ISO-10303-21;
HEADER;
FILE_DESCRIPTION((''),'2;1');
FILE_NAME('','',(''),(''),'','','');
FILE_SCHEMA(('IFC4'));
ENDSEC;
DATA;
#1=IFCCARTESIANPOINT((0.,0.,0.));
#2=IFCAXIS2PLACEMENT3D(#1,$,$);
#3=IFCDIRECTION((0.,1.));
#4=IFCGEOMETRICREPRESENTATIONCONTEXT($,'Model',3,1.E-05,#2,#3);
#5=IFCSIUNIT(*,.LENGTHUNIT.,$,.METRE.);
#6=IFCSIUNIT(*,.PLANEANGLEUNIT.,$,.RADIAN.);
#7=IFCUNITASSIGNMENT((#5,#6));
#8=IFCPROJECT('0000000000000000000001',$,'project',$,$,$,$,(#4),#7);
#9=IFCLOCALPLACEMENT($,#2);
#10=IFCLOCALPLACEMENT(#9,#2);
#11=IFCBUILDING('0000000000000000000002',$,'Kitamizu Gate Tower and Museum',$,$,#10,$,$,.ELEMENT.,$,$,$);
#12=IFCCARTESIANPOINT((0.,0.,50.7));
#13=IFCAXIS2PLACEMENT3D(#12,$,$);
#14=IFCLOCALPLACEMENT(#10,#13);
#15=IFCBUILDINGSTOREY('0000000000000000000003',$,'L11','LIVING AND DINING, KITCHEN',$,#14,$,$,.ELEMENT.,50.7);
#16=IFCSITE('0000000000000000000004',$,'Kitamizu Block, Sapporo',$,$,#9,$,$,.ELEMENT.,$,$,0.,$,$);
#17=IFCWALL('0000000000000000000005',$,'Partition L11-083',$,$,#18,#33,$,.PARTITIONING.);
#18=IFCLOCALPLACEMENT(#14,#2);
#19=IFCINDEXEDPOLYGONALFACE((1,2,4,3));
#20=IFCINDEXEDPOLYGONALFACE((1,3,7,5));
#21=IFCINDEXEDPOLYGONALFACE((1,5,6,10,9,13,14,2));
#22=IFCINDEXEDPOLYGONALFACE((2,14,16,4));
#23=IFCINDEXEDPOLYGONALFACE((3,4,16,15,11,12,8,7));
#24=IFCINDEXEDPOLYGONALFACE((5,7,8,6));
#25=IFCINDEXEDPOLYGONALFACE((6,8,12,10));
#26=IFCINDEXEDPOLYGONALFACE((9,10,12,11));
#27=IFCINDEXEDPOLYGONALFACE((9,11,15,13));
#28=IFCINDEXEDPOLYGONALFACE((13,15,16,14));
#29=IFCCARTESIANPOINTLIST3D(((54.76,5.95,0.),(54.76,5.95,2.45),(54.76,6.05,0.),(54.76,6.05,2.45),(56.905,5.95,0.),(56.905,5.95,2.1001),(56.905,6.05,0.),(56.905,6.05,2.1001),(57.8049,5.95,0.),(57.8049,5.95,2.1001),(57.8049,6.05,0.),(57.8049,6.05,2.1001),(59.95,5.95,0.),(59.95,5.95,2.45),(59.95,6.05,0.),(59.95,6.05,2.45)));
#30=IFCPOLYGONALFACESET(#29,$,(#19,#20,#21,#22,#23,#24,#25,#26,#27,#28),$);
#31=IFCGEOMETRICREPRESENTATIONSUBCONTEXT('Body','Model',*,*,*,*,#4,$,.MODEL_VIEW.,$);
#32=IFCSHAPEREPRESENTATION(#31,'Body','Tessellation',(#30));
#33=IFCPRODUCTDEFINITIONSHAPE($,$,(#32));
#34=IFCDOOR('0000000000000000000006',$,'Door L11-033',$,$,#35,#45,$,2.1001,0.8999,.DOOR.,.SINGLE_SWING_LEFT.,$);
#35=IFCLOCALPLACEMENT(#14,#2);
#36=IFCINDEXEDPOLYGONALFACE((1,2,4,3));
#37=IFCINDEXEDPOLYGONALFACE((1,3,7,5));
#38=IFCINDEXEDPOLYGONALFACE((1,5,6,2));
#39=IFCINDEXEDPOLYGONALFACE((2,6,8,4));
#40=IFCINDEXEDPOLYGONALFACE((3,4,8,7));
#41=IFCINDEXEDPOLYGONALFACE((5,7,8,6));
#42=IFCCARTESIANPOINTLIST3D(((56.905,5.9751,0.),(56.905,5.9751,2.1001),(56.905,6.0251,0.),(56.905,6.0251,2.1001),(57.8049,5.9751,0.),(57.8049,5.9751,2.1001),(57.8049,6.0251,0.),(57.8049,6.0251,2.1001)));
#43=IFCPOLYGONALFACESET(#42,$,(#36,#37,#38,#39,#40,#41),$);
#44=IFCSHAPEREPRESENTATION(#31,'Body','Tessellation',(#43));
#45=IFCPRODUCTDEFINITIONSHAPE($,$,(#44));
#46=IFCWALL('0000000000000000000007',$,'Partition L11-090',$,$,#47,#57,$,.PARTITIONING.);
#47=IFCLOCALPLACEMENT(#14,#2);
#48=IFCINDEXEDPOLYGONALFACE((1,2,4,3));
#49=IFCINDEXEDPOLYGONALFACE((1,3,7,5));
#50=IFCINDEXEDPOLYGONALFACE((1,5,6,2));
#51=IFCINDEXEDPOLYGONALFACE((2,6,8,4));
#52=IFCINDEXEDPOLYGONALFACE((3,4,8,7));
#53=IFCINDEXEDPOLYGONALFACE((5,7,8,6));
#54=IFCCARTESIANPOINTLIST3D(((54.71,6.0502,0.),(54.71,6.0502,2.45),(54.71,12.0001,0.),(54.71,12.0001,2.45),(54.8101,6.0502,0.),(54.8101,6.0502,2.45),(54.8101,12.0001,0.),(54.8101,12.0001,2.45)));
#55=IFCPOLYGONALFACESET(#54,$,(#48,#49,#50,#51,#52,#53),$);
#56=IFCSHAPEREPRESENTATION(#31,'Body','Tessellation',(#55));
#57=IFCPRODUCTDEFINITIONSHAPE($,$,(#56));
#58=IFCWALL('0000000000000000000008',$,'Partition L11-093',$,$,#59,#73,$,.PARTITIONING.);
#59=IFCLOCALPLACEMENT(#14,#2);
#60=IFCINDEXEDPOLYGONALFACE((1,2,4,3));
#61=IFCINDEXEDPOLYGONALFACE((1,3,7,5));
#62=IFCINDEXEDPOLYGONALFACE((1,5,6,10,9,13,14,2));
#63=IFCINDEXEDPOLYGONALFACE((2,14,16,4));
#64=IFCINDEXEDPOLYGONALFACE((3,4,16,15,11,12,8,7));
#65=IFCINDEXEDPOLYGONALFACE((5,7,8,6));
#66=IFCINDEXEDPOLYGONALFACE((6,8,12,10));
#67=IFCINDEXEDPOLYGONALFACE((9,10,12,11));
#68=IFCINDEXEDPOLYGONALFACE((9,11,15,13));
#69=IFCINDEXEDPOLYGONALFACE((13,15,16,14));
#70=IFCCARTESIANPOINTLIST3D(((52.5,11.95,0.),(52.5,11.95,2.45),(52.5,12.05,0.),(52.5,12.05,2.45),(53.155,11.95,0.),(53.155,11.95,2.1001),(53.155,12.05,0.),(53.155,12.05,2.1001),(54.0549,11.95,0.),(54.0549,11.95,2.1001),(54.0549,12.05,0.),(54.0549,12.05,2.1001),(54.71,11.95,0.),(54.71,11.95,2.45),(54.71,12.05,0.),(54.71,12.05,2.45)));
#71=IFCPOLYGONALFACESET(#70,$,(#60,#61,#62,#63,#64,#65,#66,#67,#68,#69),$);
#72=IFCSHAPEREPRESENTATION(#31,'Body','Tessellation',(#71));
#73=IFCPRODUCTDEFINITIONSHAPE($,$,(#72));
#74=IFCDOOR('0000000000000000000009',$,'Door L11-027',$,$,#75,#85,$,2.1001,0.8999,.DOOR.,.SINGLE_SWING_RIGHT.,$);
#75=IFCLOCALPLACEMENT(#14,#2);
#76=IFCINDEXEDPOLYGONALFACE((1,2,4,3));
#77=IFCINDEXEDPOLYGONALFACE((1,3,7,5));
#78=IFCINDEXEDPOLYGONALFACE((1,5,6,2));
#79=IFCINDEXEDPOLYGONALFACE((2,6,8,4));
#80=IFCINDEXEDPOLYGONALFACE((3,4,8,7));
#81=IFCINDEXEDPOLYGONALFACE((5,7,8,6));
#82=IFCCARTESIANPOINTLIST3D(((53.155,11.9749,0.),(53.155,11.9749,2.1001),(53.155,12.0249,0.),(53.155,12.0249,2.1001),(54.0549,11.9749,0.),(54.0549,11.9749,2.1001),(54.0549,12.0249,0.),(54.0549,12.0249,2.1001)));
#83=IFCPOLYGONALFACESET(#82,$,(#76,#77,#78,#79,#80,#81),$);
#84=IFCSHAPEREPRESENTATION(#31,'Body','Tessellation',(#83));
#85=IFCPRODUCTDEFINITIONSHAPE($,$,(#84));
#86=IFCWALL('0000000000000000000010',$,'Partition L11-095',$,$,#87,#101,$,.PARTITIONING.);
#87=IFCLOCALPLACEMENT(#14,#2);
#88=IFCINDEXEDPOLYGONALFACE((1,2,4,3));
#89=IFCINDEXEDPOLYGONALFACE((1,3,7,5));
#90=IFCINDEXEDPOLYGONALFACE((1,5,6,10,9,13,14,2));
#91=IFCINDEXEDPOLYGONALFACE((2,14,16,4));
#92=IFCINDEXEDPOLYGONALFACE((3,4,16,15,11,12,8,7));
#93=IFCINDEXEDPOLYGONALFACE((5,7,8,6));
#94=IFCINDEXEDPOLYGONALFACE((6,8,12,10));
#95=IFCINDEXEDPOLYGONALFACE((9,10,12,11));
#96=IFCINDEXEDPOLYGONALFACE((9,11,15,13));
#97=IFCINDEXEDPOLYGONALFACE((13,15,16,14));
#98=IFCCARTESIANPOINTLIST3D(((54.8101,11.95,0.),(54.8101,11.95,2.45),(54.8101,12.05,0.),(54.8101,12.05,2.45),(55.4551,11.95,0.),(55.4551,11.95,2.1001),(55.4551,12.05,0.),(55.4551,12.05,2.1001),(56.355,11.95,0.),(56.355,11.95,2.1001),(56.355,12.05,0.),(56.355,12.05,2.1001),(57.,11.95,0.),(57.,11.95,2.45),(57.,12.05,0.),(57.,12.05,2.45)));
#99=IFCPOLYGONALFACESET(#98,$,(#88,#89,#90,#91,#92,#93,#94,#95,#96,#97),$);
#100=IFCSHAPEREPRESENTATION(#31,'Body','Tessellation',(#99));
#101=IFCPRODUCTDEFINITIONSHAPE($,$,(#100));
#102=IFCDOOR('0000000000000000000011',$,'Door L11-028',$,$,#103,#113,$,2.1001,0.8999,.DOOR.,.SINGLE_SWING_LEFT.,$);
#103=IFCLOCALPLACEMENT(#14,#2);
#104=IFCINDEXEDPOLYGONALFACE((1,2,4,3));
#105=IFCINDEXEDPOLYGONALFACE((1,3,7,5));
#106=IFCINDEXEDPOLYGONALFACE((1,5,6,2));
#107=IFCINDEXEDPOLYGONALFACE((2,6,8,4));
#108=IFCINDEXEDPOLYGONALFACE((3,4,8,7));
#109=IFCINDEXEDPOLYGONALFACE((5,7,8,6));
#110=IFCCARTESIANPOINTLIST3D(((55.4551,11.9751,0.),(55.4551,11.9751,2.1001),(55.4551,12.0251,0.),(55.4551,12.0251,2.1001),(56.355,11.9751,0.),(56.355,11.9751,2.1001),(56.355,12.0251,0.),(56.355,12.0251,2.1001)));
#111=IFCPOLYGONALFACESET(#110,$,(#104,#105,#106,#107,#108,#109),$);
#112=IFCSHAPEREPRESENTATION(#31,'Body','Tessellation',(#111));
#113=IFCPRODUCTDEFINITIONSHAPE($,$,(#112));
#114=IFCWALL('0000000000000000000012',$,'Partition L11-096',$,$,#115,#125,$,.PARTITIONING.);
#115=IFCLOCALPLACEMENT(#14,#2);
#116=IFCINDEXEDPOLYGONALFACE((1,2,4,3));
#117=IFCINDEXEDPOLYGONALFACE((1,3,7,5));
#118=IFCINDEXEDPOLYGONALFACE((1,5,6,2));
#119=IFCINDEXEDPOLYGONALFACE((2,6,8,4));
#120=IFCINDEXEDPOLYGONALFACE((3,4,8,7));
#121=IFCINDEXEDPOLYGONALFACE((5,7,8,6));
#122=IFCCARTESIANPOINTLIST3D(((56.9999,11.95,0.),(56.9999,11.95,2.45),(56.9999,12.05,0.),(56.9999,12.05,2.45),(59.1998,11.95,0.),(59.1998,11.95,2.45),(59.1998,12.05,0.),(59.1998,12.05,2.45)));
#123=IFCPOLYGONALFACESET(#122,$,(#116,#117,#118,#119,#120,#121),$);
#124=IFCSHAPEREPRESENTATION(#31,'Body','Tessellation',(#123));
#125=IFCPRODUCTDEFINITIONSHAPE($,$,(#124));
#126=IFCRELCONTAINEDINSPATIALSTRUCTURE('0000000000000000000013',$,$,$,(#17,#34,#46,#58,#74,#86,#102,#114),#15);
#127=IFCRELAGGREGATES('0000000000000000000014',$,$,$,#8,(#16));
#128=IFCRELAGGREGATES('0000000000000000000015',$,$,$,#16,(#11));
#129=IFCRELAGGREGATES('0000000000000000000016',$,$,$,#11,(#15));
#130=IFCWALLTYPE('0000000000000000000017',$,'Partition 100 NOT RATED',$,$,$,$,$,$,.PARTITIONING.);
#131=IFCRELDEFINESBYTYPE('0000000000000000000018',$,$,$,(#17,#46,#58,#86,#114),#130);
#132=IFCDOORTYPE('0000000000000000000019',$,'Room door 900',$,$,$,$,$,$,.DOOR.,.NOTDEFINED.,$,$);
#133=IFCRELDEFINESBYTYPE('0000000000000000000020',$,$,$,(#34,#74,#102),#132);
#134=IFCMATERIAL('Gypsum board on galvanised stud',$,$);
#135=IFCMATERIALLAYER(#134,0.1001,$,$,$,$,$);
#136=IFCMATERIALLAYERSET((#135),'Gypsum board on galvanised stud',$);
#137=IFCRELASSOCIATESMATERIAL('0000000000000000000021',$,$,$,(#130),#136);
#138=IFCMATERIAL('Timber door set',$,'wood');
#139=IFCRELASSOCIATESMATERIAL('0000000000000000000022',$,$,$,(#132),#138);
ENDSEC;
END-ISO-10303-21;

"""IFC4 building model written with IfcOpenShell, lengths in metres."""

from ifc_helpers import new_model, si_unit, direction, frame, frame_2d, origin, place, context, subcontext, project, spatial, rectangle, extrude, material, layer, layer_set, type_object, element, fill, save


model = new_model("IFC4")

# Units and contexts
model_context = context("Model", 3, precision=1e-05, world=origin(), true_north=direction((0.0, 1.0)))
body_context = subcontext(model_context, "Body", "Model", "MODEL_VIEW")
ifc_project = project(units=[si_unit("LENGTHUNIT", "METRE"), si_unit("PLANEANGLEUNIT", "RADIAN")], contexts=[model_context])

# Site, building, storey
site_placement = place(None, origin())
site = spatial("IfcSite", under=ifc_project, at=site_placement, Name="Kitamizu Block, Sapporo", CompositionType="ELEMENT", RefElevation=0.0)
building_placement = place(site_placement, origin())
building = spatial("IfcBuilding", under=site, at=building_placement, Name="Kitamizu Gate Tower and Museum", CompositionType="ELEMENT")
storey_placement = place(building_placement, frame((0.0, 0.0, 50.7)))
storey = spatial("IfcBuildingStorey", under=building, at=storey_placement, Name="L11", Description="LIVING AND DINING, KITCHEN", CompositionType="ELEMENT", Elevation=50.7)

# Shared definitions
ifc_material_1 = material(Name="Gypsum board on galvanised stud")
ifc_layer = layer(ifc_material_1, 0.1001)
ifc_layer_set = layer_set([ifc_layer], Name="Gypsum board on galvanised stud")
wall_type = type_object("IfcWallType", Name="Partition 100 NOT RATED", PredefinedType="PARTITIONING", material=ifc_layer_set)

# Shared definitions
ifc_material_2 = material(Name="Timber door set", Category="wood")
door_type = type_object("IfcDoorType", Name="Room door 900", OperationType="NOTDEFINED", PredefinedType="DOOR", material=ifc_material_2)

# Wall, opening, door
wall_1_placement = place(storey_placement, frame((59.95, 6.0, 0.0), z_axis=(0.0, 0.0, 1.0), x_axis=(-1.0, 0.0, 0.0)))
wall_1 = element("IfcWall", 1, at=wall_1_placement, inside=storey, type_object=wall_type, Name="Partition L11-083", PredefinedType="PARTITIONING", context=body_context, shape_type="SweptSolid", body=[
    extrude(rectangle(XDim=5.1899, YDim=0.1001, at=frame_2d((2.595, 0.0))), origin(), (0.0, 0.0, 1.0), 2.45),
])
opening_1_placement = place(wall_1_placement, frame((2.145, 0.0, 0.0)))
opening_1 = element("IfcOpeningElement", 2, at=opening_1_placement, cuts=wall_1, PredefinedType="OPENING", context=body_context, shape_type="SweptSolid", body=[
    extrude(rectangle(XDim=0.8999, YDim=2.1001, at=frame_2d((0.45, 1.05))), frame((0.0, 0.0601, 0.0), z_axis=(0.0, -1.0, 0.0), x_axis=(1.0, 0.0, 0.0)), (0.0, 0.0, 1.0), 0.1201),
])
door_1_placement = place(opening_1_placement, origin())
door_1 = element("IfcDoor", 3, at=door_1_placement, inside=storey, type_object=door_type, Name="Door L11-033", OperationType="SINGLE_SWING_LEFT", OverallHeight=2.1001, OverallWidth=0.8999, PredefinedType="DOOR", context=body_context, shape_type="SweptSolid", body=[
    extrude(rectangle(XDim=0.8999, YDim=2.1001, at=frame_2d((0.45, 1.05))), frame((0.0, 0.0249, 0.0), z_axis=(0.0, -1.0, 0.0), x_axis=(1.0, 0.0, 0.0)), (0.0, 0.0, 1.0), 0.05),
])
fill(opening_1, door_1)

# Wall
wall_2_placement = place(storey_placement, frame((54.76, 6.05, 0.0), z_axis=(0.0, 0.0, 1.0), x_axis=(0.0, 1.0, 0.0)))
element("IfcWall", 4, at=wall_2_placement, inside=storey, type_object=wall_type, Name="Partition L11-090", PredefinedType="PARTITIONING", context=body_context, shape_type="SweptSolid", body=[
    extrude(rectangle(XDim=5.95, YDim=0.1001, at=frame_2d((2.9751, 0.0))), origin(), (0.0, 0.0, 1.0), 2.45),
])

# Walls, openings, doors
wall_3_placement = place(storey_placement, frame((54.71, 12.0, 0.0), z_axis=(0.0, 0.0, 1.0), x_axis=(-1.0, 0.0, 0.0)))
wall_3 = element("IfcWall", 5, at=wall_3_placement, inside=storey, type_object=wall_type, Name="Partition L11-093", PredefinedType="PARTITIONING", context=body_context, shape_type="SweptSolid", body=[
    extrude(rectangle(XDim=2.21, YDim=0.1001, at=frame_2d((1.105, 0.0))), origin(), (0.0, 0.0, 1.0), 2.45),
])
opening_2_placement = place(wall_3_placement, frame((0.655, 0.0, 0.0)))
opening_2 = element("IfcOpeningElement", 6, at=opening_2_placement, cuts=wall_3, PredefinedType="OPENING", context=body_context, shape_type="SweptSolid", body=[
    extrude(rectangle(XDim=0.8999, YDim=2.1001, at=frame_2d((0.45, 1.05))), frame((0.0, 0.0601, 0.0), z_axis=(0.0, -1.0, 0.0), x_axis=(1.0, 0.0, 0.0)), (0.0, 0.0, 1.0), 0.1201),
])
door_2_placement = place(opening_2_placement, frame((0.8999, 0.0, 0.0), x_axis=(-1.0, 0.0, 0.0)))
door_2 = element("IfcDoor", 7, at=door_2_placement, inside=storey, type_object=door_type, Name="Door L11-027", OperationType="SINGLE_SWING_RIGHT", OverallHeight=2.1001, OverallWidth=0.8999, PredefinedType="DOOR", context=body_context, shape_type="SweptSolid", body=[
    extrude(rectangle(XDim=0.8999, YDim=2.1001, at=frame_2d((0.45, 1.05))), frame((0.0, 0.0249, 0.0), z_axis=(0.0, -1.0, 0.0), x_axis=(1.0, 0.0, 0.0)), (0.0, 0.0, 1.0), 0.05),
])
fill(opening_2, door_2)
wall_4_placement = place(storey_placement, frame((57.0, 12.0, 0.0), z_axis=(0.0, 0.0, 1.0), x_axis=(-1.0, 0.0, 0.0)))
wall_4 = element("IfcWall", 8, at=wall_4_placement, inside=storey, type_object=wall_type, Name="Partition L11-095", PredefinedType="PARTITIONING", context=body_context, shape_type="SweptSolid", body=[
    extrude(rectangle(XDim=2.1899, YDim=0.1001, at=frame_2d((1.095, 0.0))), origin(), (0.0, 0.0, 1.0), 2.45),
])
opening_3_placement = place(wall_4_placement, frame((0.645, 0.0, 0.0)))
opening_3 = element("IfcOpeningElement", 9, at=opening_3_placement, cuts=wall_4, PredefinedType="OPENING", context=body_context, shape_type="SweptSolid", body=[
    extrude(rectangle(XDim=0.8999, YDim=2.1001, at=frame_2d((0.45, 1.05))), frame((0.0, 0.0601, 0.0), z_axis=(0.0, -1.0, 0.0), x_axis=(1.0, 0.0, 0.0)), (0.0, 0.0, 1.0), 0.1201),
])
door_3_placement = place(opening_3_placement, origin())
door_3 = element("IfcDoor", 10, at=door_3_placement, inside=storey, type_object=door_type, Name="Door L11-028", OperationType="SINGLE_SWING_LEFT", OverallHeight=2.1001, OverallWidth=0.8999, PredefinedType="DOOR", context=body_context, shape_type="SweptSolid", body=[
    extrude(rectangle(XDim=0.8999, YDim=2.1001, at=frame_2d((0.45, 1.05))), frame((0.0, 0.0249, 0.0), z_axis=(0.0, -1.0, 0.0), x_axis=(1.0, 0.0, 0.0)), (0.0, 0.0, 1.0), 0.05),
])
fill(opening_3, door_3)

# Wall
wall_5_placement = place(storey_placement, frame((59.2, 12.0, 0.0), z_axis=(0.0, 0.0, 1.0), x_axis=(-1.0, 0.0, 0.0)))
element("IfcWall", 11, at=wall_5_placement, inside=storey, type_object=wall_type, Name="Partition L11-096", PredefinedType="PARTITIONING", context=body_context, shape_type="SweptSolid", body=[
    extrude(rectangle(XDim=2.2, YDim=0.1001, at=frame_2d((1.1001, 0.0))), origin(), (0.0, 0.0, 1.0), 2.45),
])

save(model, "model.ifc")
